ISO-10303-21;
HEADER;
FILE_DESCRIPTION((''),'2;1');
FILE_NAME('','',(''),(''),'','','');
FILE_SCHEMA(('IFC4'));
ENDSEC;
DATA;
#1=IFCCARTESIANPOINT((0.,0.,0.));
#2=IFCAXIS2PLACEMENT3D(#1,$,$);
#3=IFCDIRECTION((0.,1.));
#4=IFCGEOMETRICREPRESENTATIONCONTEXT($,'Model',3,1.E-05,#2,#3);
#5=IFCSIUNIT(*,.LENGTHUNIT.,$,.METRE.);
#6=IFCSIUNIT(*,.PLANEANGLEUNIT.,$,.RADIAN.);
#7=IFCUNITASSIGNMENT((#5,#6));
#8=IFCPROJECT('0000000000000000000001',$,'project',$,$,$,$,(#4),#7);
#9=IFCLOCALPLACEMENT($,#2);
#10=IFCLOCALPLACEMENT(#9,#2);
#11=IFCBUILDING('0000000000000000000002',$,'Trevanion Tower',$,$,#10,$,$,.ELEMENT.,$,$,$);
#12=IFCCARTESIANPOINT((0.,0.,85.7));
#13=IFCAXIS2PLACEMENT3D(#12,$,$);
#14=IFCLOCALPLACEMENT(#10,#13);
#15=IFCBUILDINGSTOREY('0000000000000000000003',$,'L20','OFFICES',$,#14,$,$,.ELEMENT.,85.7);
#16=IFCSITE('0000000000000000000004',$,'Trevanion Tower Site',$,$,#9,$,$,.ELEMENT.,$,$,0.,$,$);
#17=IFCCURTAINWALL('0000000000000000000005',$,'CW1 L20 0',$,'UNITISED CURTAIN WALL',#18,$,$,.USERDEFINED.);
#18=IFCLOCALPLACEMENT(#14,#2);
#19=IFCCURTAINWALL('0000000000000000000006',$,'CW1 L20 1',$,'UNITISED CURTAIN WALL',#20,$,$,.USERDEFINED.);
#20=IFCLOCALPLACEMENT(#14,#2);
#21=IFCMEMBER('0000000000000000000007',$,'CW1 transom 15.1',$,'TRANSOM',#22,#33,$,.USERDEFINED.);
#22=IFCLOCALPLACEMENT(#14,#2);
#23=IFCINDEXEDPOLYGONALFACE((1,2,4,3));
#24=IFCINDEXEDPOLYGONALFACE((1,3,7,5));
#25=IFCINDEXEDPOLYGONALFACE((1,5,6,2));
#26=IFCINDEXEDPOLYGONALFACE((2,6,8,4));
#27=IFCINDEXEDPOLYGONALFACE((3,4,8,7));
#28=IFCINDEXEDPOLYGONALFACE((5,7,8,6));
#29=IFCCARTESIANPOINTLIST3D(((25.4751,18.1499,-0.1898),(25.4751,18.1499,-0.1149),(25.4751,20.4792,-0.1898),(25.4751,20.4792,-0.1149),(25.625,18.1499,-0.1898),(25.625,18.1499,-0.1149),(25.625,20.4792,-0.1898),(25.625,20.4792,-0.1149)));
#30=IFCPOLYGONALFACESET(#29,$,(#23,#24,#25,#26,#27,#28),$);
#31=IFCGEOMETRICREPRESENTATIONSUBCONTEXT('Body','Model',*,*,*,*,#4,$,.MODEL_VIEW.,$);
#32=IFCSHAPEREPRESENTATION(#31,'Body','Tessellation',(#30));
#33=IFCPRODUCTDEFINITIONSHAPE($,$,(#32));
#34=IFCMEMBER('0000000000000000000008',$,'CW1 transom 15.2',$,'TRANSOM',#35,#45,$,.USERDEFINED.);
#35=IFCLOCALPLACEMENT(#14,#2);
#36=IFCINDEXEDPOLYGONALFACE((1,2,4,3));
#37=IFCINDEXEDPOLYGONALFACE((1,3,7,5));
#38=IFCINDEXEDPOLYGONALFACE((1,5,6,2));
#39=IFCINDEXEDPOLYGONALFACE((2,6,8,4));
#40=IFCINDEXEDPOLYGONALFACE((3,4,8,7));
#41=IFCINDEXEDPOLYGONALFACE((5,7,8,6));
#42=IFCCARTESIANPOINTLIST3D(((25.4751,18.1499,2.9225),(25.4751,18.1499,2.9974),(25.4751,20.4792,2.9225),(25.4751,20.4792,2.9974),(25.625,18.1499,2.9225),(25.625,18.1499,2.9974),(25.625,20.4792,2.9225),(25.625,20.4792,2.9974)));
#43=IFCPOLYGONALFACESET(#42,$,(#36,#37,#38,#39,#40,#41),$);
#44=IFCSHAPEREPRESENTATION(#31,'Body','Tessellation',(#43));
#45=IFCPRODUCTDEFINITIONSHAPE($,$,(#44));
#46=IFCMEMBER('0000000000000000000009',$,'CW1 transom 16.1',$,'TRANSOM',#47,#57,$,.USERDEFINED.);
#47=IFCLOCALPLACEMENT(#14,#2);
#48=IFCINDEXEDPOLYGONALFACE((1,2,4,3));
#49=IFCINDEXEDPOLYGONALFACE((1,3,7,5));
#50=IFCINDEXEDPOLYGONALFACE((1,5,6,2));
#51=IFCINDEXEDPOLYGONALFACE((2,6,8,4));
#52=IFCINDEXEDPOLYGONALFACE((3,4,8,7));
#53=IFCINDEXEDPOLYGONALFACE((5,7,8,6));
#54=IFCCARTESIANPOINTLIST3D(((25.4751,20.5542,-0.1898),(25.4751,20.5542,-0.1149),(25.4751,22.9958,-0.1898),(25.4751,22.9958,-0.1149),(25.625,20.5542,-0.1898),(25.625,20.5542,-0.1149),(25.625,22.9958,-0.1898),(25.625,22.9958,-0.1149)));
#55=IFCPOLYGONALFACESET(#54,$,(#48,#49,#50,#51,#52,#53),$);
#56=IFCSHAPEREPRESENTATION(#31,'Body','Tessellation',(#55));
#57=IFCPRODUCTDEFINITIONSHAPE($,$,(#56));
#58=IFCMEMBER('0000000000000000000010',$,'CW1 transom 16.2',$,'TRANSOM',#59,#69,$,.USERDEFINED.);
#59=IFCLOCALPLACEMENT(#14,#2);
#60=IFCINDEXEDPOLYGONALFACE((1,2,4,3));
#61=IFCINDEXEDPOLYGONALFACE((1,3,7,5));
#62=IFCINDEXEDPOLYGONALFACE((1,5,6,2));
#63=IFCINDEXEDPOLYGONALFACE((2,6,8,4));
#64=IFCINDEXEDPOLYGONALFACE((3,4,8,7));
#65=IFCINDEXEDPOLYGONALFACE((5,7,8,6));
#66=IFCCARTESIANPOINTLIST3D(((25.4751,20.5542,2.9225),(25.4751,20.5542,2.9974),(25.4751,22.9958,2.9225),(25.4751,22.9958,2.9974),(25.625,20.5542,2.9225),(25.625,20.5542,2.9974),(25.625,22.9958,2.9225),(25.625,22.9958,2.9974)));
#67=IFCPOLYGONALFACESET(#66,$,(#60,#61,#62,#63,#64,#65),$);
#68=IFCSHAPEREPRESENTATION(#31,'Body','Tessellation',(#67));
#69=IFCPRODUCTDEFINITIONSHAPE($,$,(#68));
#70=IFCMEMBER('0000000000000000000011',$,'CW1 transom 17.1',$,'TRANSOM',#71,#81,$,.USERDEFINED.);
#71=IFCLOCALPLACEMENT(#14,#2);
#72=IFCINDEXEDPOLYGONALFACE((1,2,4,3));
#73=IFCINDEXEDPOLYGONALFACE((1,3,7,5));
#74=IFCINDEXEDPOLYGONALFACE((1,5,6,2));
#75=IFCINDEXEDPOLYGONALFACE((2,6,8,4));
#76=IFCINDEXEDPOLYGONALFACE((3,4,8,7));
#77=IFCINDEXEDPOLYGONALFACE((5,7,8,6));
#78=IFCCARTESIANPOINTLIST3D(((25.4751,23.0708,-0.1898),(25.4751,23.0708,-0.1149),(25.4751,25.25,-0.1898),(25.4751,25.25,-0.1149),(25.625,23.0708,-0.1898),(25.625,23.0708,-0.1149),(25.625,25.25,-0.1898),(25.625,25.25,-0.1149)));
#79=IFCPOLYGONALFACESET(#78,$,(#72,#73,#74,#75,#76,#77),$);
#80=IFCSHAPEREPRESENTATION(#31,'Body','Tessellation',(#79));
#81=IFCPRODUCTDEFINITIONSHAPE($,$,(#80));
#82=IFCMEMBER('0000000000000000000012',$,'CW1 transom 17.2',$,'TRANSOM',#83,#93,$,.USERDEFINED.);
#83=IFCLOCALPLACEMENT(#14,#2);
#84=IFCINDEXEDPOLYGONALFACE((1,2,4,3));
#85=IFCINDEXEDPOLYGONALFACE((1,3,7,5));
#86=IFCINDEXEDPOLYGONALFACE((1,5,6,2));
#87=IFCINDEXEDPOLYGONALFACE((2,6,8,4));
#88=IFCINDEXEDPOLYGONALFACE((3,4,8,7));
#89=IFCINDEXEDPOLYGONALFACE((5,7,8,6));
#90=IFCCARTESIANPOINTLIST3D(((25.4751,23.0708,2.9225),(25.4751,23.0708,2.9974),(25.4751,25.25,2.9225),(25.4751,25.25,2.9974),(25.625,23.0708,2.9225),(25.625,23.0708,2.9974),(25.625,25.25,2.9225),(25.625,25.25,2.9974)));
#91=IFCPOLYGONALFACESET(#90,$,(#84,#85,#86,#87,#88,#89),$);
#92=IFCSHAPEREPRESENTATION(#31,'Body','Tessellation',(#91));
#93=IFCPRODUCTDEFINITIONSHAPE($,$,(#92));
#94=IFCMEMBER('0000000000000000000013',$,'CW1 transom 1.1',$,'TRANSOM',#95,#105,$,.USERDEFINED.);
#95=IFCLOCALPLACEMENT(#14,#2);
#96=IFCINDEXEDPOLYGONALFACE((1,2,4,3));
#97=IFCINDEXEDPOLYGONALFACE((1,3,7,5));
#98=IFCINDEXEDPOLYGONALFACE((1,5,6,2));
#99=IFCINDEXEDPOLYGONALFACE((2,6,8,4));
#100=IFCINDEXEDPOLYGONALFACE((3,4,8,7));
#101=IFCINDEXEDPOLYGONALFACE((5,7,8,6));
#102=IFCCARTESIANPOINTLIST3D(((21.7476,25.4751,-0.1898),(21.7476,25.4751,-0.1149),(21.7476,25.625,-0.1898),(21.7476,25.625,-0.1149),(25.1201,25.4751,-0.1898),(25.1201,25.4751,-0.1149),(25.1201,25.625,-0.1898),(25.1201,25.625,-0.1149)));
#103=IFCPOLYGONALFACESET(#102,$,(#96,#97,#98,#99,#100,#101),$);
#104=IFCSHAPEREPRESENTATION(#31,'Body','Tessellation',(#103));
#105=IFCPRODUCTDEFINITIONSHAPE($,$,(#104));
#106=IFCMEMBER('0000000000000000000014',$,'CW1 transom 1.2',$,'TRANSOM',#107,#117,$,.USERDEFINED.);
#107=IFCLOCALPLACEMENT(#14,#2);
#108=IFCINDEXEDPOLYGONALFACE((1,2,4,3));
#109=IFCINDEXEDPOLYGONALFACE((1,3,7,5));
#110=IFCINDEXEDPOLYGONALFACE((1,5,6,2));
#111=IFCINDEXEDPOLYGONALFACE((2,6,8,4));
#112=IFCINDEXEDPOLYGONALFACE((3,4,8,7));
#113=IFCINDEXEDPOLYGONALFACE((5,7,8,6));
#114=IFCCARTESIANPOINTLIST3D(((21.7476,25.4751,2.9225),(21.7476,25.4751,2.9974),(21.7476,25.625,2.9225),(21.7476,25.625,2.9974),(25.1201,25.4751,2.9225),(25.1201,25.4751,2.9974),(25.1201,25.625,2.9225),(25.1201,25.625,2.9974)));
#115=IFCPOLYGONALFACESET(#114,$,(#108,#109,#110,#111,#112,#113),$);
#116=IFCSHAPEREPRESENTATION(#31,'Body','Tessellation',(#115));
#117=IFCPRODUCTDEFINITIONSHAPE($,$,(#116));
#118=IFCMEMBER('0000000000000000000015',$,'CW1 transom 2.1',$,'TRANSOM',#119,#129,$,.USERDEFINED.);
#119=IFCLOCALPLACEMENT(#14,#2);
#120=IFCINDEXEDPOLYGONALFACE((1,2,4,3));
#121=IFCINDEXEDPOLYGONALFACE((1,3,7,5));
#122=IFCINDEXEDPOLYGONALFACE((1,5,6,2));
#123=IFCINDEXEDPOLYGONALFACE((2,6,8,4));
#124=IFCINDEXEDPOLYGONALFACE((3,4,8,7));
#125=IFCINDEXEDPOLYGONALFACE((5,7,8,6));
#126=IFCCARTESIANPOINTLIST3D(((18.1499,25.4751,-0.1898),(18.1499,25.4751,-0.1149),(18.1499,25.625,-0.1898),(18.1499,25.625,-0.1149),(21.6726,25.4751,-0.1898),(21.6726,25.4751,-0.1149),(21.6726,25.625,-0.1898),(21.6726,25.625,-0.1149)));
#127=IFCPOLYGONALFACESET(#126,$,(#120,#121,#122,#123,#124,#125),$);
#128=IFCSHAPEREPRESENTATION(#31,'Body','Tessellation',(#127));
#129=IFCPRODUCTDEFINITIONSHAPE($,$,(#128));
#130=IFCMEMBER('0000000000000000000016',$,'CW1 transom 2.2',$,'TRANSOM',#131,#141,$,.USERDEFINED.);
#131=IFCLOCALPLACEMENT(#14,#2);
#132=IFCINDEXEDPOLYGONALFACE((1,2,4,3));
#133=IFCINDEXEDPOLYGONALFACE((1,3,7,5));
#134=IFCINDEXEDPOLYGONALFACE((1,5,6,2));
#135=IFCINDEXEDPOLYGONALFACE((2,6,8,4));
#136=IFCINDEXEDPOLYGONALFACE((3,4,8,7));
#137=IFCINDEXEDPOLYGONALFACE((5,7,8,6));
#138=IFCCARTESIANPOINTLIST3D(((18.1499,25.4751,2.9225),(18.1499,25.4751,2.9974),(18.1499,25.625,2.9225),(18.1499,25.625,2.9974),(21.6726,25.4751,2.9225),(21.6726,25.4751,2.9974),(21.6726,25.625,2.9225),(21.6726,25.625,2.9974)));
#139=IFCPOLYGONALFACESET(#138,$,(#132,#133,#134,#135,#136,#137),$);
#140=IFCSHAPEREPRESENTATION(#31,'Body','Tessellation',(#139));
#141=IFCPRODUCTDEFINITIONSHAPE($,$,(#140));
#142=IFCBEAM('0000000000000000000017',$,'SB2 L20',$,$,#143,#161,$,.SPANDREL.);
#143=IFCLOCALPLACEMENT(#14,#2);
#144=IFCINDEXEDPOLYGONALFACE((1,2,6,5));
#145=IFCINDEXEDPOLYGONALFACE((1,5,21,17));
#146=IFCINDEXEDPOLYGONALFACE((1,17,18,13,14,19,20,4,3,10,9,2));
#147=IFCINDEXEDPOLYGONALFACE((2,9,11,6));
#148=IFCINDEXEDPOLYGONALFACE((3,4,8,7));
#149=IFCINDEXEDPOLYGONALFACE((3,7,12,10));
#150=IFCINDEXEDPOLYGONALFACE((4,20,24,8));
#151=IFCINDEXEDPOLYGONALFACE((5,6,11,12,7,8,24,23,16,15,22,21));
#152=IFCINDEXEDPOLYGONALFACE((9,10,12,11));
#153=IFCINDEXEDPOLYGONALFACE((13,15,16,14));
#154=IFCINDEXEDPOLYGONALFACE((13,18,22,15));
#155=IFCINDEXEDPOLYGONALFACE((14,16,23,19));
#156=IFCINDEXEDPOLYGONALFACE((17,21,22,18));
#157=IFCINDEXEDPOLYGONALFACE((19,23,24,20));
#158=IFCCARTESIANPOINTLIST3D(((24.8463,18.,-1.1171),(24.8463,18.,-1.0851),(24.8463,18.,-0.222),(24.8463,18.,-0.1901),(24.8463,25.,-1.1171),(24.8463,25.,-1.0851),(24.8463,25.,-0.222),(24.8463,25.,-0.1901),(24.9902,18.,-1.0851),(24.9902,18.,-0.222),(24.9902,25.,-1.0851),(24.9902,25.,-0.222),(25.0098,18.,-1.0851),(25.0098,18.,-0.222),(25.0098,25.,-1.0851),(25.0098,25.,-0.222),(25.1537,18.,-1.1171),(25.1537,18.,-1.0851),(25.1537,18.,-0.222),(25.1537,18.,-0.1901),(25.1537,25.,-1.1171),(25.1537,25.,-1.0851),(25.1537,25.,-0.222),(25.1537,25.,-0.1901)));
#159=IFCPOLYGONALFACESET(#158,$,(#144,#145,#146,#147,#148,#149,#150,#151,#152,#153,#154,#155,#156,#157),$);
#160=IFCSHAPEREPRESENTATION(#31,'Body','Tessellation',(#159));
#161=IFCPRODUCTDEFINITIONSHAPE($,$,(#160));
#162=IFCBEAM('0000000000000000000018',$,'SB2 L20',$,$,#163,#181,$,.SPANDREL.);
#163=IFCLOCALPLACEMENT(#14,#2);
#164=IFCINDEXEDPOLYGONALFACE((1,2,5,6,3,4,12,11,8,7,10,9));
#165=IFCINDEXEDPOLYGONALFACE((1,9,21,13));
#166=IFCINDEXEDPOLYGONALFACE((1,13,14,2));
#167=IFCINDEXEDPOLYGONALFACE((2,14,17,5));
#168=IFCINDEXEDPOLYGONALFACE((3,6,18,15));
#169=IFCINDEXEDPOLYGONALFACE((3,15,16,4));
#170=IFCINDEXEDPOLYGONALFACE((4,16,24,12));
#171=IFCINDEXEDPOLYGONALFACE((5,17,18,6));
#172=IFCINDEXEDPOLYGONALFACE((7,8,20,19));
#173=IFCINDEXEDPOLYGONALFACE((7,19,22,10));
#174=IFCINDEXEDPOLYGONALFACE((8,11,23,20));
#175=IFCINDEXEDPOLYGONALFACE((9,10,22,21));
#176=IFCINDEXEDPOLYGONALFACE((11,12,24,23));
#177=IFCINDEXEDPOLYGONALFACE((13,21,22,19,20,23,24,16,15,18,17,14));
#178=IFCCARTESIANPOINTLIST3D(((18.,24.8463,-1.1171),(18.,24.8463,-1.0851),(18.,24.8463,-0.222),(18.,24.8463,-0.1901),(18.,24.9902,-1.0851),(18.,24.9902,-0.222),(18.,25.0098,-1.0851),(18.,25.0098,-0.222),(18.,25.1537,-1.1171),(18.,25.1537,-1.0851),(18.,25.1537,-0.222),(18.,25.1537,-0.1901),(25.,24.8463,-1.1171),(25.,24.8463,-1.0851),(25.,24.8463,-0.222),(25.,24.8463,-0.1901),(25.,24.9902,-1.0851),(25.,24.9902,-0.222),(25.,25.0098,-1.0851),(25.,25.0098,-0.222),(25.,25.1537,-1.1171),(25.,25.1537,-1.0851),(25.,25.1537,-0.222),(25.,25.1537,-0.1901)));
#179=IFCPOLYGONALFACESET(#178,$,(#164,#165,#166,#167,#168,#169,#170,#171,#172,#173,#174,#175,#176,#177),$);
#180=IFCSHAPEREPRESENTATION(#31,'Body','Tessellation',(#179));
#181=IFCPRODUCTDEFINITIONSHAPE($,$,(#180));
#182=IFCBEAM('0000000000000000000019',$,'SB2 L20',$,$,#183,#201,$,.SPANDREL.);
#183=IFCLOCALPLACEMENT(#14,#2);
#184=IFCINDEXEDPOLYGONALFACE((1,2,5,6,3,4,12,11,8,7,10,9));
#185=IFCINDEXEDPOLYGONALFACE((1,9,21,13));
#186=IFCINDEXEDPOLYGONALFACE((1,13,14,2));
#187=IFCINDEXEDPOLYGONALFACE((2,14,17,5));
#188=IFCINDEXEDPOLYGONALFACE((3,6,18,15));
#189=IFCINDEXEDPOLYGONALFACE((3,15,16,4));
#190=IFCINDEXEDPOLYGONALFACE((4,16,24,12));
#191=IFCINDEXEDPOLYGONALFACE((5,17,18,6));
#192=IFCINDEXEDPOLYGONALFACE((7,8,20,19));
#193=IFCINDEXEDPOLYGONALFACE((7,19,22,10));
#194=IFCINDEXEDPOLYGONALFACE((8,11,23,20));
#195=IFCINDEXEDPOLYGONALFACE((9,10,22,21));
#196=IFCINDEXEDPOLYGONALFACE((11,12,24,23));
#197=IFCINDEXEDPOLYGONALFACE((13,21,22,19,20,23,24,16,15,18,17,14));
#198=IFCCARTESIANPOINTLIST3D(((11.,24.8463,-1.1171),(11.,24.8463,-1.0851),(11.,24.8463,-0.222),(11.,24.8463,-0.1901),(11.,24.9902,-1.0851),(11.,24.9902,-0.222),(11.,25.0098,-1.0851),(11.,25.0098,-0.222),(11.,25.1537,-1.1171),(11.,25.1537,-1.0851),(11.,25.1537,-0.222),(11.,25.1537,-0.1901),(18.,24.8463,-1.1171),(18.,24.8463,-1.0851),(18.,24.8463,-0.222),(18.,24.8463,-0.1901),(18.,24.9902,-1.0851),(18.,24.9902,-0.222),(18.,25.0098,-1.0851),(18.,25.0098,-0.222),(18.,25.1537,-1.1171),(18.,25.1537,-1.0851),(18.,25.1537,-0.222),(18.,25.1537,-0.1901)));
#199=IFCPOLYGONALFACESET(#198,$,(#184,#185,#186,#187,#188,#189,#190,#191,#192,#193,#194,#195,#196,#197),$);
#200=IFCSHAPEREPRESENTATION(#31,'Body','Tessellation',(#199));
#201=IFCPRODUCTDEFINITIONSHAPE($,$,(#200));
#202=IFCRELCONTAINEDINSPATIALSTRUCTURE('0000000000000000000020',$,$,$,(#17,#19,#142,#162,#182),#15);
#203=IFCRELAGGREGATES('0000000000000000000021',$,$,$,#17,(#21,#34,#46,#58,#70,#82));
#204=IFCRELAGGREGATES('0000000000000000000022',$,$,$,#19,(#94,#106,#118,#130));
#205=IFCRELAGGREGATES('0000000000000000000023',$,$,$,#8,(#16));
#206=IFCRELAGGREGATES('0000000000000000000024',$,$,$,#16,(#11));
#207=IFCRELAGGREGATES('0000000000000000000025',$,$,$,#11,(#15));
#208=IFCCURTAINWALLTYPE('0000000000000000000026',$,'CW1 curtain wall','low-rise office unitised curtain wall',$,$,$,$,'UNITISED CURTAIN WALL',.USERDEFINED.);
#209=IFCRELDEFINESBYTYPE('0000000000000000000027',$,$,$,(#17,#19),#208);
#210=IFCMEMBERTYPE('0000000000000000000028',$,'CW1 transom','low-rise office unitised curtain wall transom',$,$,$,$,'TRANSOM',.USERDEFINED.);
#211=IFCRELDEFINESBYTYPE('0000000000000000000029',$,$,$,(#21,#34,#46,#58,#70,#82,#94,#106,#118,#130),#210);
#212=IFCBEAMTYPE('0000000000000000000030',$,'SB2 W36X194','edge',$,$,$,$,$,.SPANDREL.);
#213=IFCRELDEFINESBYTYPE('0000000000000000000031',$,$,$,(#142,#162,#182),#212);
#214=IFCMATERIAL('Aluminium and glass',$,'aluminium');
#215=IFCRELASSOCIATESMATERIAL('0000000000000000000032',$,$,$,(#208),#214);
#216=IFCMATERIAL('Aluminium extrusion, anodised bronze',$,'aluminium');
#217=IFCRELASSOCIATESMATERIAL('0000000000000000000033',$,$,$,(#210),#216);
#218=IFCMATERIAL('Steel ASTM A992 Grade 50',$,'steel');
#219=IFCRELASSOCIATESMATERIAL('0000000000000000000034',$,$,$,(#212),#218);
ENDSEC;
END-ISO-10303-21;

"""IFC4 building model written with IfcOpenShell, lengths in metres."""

from ifc_helpers import new_model, si_unit, direction, frame, origin, origin_2d, place, context, subcontext, project, spatial, rectangle, i_section, extrude, material, material_profile, profile_set, type_object, element, aggregate, save


model = new_model("IFC4")

# Units and contexts
model_context = context("Model", 3, precision=1e-05, world=origin(), true_north=direction((0.0, 1.0)))
body_context = subcontext(model_context, "Body", "Model", "MODEL_VIEW")
ifc_project = project(units=[si_unit("LENGTHUNIT", "METRE"), si_unit("PLANEANGLEUNIT", "RADIAN")], contexts=[model_context])

# Site, building, storey
site_placement = place(None, origin())
site = spatial("IfcSite", under=ifc_project, at=site_placement, Name="Trevanion Tower Site", CompositionType="ELEMENT", RefElevation=0.0)
building_placement = place(site_placement, origin())
building = spatial("IfcBuilding", under=site, at=building_placement, Name="Trevanion Tower", CompositionType="ELEMENT")
storey_placement = place(building_placement, frame((0.0, 0.0, 85.7)))
storey = spatial("IfcBuildingStorey", under=building, at=storey_placement, Name="L20", Description="OFFICES", CompositionType="ELEMENT", Elevation=85.7)

# Curtain wall
ifc_material_1 = material(Name="Aluminium and glass", Category="aluminium")
curtain_wall_type = type_object("IfcCurtainWallType", Name="CW1 curtain wall", Description="low-rise office unitised curtain wall", ElementType="UNITISED CURTAIN WALL", PredefinedType="USERDEFINED", material=ifc_material_1)
curtain_wall_1_placement = place(storey_placement, origin())
curtain_wall_1 = element("IfcCurtainWall", 1, at=curtain_wall_1_placement, inside=storey, type_object=curtain_wall_type, Name="CW1 L20 0", ObjectType="UNITISED CURTAIN WALL", PredefinedType="USERDEFINED")

# Curtain wall
curtain_wall_2_placement = place(storey_placement, origin())
curtain_wall_2 = element("IfcCurtainWall", 2, at=curtain_wall_2_placement, inside=storey, type_object=curtain_wall_type, Name="CW1 L20 1", ObjectType="UNITISED CURTAIN WALL", PredefinedType="USERDEFINED")

# Members
ifc_material_2 = material(Name="Aluminium extrusion, anodised bronze", Category="aluminium")
ifc_material_profile_1 = material_profile(ifc_material_2, rectangle(XDim=0.1499, YDim=0.075, at=origin_2d()), Name="CW1 transom")
ifc_profile_set_1 = profile_set([ifc_material_profile_1], Name="Aluminium extrusion, anodised bronze")
member_type_1 = type_object("IfcMemberType", Name="CW1 transom", Description="low-rise office unitised curtain wall transom", ElementType="TRANSOM", PredefinedType="USERDEFINED", material=ifc_profile_set_1)
member_1_placement = place(storey_placement, frame((25.55, 18.1499, -0.1523), z_axis=(0.0, 1.0, 0.0), x_axis=(-1.0, 0.0, 0.0)))
member_1 = element("IfcMember", 3, at=member_1_placement, type_object=member_type_1, Name="CW1 transom 15.1", ObjectType="TRANSOM", PredefinedType="USERDEFINED", context=body_context, shape_type="SweptSolid", body=[
    extrude(rectangle(XDim=0.1499, YDim=0.075, at=origin_2d()), origin(), (0.0, 0.0, 1.0), 2.3293),
])
member_2_placement = place(storey_placement, frame((25.55, 18.1499, 2.96), z_axis=(0.0, 1.0, 0.0), x_axis=(-1.0, 0.0, 0.0)))
member_2 = element("IfcMember", 4, at=member_2_placement, type_object=member_type_1, Name="CW1 transom 15.2", ObjectType="TRANSOM", PredefinedType="USERDEFINED", context=body_context, shape_type="SweptSolid", body=[
    extrude(rectangle(XDim=0.1499, YDim=0.075, at=origin_2d()), origin(), (0.0, 0.0, 1.0), 2.3293),
])
member_3_placement = place(storey_placement, frame((25.55, 20.5542, -0.1523), z_axis=(0.0, 1.0, 0.0), x_axis=(-1.0, 0.0, 0.0)))
member_3 = element("IfcMember", 5, at=member_3_placement, type_object=member_type_1, Name="CW1 transom 16.1", ObjectType="TRANSOM", PredefinedType="USERDEFINED", context=body_context, shape_type="SweptSolid", body=[
    extrude(rectangle(XDim=0.1499, YDim=0.075, at=origin_2d()), origin(), (0.0, 0.0, 1.0), 2.4417),
])
member_4_placement = place(storey_placement, frame((25.55, 20.5542, 2.96), z_axis=(0.0, 1.0, 0.0), x_axis=(-1.0, 0.0, 0.0)))
member_4 = element("IfcMember", 6, at=member_4_placement, type_object=member_type_1, Name="CW1 transom 16.2", ObjectType="TRANSOM", PredefinedType="USERDEFINED", context=body_context, shape_type="SweptSolid", body=[
    extrude(rectangle(XDim=0.1499, YDim=0.075, at=origin_2d()), origin(), (0.0, 0.0, 1.0), 2.4417),
])
member_5_placement = place(storey_placement, frame((25.55, 23.0708, -0.1523), z_axis=(0.0, 1.0, 0.0), x_axis=(-1.0, 0.0, 0.0)))
member_5 = element("IfcMember", 7, at=member_5_placement, type_object=member_type_1, Name="CW1 transom 17.1", ObjectType="TRANSOM", PredefinedType="USERDEFINED", context=body_context, shape_type="SweptSolid", body=[
    extrude(rectangle(XDim=0.1499, YDim=0.075, at=origin_2d()), origin(), (0.0, 0.0, 1.0), 2.1792),
])
member_6_placement = place(storey_placement, frame((25.55, 23.0708, 2.96), z_axis=(0.0, 1.0, 0.0), x_axis=(-1.0, 0.0, 0.0)))
member_6 = element("IfcMember", 8, at=member_6_placement, type_object=member_type_1, Name="CW1 transom 17.2", ObjectType="TRANSOM", PredefinedType="USERDEFINED", context=body_context, shape_type="SweptSolid", body=[
    extrude(rectangle(XDim=0.1499, YDim=0.075, at=origin_2d()), origin(), (0.0, 0.0, 1.0), 2.1792),
])
member_7_placement = place(storey_placement, frame((25.1201, 25.55, -0.1523), z_axis=(-1.0, 0.0, 0.0), x_axis=(0.0, -1.0, 0.0)))
member_7 = element("IfcMember", 9, at=member_7_placement, type_object=member_type_1, Name="CW1 transom 1.1", ObjectType="TRANSOM", PredefinedType="USERDEFINED", context=body_context, shape_type="SweptSolid", body=[
    extrude(rectangle(XDim=0.1499, YDim=0.075, at=origin_2d()), origin(), (0.0, 0.0, 1.0), 3.3726),
])
member_8_placement = place(storey_placement, frame((25.1201, 25.55, 2.96), z_axis=(-1.0, 0.0, 0.0), x_axis=(0.0, -1.0, 0.0)))
member_8 = element("IfcMember", 10, at=member_8_placement, type_object=member_type_1, Name="CW1 transom 1.2", ObjectType="TRANSOM", PredefinedType="USERDEFINED", context=body_context, shape_type="SweptSolid", body=[
    extrude(rectangle(XDim=0.1499, YDim=0.075, at=origin_2d()), origin(), (0.0, 0.0, 1.0), 3.3726),
])
member_9_placement = place(storey_placement, frame((21.6726, 25.55, -0.1523), z_axis=(-1.0, 0.0, 0.0), x_axis=(0.0, -1.0, 0.0)))
member_9 = element("IfcMember", 11, at=member_9_placement, type_object=member_type_1, Name="CW1 transom 2.1", ObjectType="TRANSOM", PredefinedType="USERDEFINED", context=body_context, shape_type="SweptSolid", body=[
    extrude(rectangle(XDim=0.1499, YDim=0.075, at=origin_2d()), origin(), (0.0, 0.0, 1.0), 3.5227),
])
member_10_placement = place(storey_placement, frame((21.6726, 25.55, 2.96), z_axis=(-1.0, 0.0, 0.0), x_axis=(0.0, -1.0, 0.0)))
member_10 = element("IfcMember", 12, at=member_10_placement, type_object=member_type_1, Name="CW1 transom 2.2", ObjectType="TRANSOM", PredefinedType="USERDEFINED", context=body_context, shape_type="SweptSolid", body=[
    extrude(rectangle(XDim=0.1499, YDim=0.075, at=origin_2d()), origin(), (0.0, 0.0, 1.0), 3.5227),
])

# Beams
ifc_material_3 = material(Name="Steel ASTM A992 Grade 50", Category="steel")
ifc_material_profile_2 = material_profile(ifc_material_3, i_section(OverallWidth=0.3074, OverallDepth=0.927, WebThickness=0.0195, FlangeThickness=0.032, at=origin_2d()), Name="W36X194")
ifc_profile_set_2 = profile_set([ifc_material_profile_2], Name="Steel ASTM A992 Grade 50")
beam_type = type_object("IfcBeamType", Name="SB2 W36X194", Description="edge", PredefinedType="SPANDREL", material=ifc_profile_set_2)
for number, where, z_axis, x_axis, name in (
    (13, (25.0, 18.0, -0.6536), (0.0, 1.0, 0.0), (-1.0, 0.0, 0.0), "SB2 L20"),
    (14, (25.0, 25.0, -0.6536), (-1.0, 0.0, 0.0), (0.0, -1.0, 0.0), "SB2 L20"),
    (15, (18.0, 25.0, -0.6536), (-1.0, 0.0, 0.0), (0.0, -1.0, 0.0), "SB2 L20"),
):
    element("IfcBeam", number, at=place(storey_placement, frame(where, z_axis=z_axis, x_axis=x_axis)), inside=storey, type_object=beam_type, Name=name, PredefinedType="SPANDREL", context=body_context, shape_type="SweptSolid", body=[
        extrude(i_section(OverallWidth=0.3074, OverallDepth=0.927, WebThickness=0.0195, FlangeThickness=0.032, at=origin_2d()), origin(), (0.0, 0.0, 1.0), 7.0),
    ])

aggregate(curtain_wall_1, [member_1, member_2, member_3, member_4, member_5, member_6])
aggregate(curtain_wall_2, [member_7, member_8, member_9, member_10])

save(model, "model.ifc")
